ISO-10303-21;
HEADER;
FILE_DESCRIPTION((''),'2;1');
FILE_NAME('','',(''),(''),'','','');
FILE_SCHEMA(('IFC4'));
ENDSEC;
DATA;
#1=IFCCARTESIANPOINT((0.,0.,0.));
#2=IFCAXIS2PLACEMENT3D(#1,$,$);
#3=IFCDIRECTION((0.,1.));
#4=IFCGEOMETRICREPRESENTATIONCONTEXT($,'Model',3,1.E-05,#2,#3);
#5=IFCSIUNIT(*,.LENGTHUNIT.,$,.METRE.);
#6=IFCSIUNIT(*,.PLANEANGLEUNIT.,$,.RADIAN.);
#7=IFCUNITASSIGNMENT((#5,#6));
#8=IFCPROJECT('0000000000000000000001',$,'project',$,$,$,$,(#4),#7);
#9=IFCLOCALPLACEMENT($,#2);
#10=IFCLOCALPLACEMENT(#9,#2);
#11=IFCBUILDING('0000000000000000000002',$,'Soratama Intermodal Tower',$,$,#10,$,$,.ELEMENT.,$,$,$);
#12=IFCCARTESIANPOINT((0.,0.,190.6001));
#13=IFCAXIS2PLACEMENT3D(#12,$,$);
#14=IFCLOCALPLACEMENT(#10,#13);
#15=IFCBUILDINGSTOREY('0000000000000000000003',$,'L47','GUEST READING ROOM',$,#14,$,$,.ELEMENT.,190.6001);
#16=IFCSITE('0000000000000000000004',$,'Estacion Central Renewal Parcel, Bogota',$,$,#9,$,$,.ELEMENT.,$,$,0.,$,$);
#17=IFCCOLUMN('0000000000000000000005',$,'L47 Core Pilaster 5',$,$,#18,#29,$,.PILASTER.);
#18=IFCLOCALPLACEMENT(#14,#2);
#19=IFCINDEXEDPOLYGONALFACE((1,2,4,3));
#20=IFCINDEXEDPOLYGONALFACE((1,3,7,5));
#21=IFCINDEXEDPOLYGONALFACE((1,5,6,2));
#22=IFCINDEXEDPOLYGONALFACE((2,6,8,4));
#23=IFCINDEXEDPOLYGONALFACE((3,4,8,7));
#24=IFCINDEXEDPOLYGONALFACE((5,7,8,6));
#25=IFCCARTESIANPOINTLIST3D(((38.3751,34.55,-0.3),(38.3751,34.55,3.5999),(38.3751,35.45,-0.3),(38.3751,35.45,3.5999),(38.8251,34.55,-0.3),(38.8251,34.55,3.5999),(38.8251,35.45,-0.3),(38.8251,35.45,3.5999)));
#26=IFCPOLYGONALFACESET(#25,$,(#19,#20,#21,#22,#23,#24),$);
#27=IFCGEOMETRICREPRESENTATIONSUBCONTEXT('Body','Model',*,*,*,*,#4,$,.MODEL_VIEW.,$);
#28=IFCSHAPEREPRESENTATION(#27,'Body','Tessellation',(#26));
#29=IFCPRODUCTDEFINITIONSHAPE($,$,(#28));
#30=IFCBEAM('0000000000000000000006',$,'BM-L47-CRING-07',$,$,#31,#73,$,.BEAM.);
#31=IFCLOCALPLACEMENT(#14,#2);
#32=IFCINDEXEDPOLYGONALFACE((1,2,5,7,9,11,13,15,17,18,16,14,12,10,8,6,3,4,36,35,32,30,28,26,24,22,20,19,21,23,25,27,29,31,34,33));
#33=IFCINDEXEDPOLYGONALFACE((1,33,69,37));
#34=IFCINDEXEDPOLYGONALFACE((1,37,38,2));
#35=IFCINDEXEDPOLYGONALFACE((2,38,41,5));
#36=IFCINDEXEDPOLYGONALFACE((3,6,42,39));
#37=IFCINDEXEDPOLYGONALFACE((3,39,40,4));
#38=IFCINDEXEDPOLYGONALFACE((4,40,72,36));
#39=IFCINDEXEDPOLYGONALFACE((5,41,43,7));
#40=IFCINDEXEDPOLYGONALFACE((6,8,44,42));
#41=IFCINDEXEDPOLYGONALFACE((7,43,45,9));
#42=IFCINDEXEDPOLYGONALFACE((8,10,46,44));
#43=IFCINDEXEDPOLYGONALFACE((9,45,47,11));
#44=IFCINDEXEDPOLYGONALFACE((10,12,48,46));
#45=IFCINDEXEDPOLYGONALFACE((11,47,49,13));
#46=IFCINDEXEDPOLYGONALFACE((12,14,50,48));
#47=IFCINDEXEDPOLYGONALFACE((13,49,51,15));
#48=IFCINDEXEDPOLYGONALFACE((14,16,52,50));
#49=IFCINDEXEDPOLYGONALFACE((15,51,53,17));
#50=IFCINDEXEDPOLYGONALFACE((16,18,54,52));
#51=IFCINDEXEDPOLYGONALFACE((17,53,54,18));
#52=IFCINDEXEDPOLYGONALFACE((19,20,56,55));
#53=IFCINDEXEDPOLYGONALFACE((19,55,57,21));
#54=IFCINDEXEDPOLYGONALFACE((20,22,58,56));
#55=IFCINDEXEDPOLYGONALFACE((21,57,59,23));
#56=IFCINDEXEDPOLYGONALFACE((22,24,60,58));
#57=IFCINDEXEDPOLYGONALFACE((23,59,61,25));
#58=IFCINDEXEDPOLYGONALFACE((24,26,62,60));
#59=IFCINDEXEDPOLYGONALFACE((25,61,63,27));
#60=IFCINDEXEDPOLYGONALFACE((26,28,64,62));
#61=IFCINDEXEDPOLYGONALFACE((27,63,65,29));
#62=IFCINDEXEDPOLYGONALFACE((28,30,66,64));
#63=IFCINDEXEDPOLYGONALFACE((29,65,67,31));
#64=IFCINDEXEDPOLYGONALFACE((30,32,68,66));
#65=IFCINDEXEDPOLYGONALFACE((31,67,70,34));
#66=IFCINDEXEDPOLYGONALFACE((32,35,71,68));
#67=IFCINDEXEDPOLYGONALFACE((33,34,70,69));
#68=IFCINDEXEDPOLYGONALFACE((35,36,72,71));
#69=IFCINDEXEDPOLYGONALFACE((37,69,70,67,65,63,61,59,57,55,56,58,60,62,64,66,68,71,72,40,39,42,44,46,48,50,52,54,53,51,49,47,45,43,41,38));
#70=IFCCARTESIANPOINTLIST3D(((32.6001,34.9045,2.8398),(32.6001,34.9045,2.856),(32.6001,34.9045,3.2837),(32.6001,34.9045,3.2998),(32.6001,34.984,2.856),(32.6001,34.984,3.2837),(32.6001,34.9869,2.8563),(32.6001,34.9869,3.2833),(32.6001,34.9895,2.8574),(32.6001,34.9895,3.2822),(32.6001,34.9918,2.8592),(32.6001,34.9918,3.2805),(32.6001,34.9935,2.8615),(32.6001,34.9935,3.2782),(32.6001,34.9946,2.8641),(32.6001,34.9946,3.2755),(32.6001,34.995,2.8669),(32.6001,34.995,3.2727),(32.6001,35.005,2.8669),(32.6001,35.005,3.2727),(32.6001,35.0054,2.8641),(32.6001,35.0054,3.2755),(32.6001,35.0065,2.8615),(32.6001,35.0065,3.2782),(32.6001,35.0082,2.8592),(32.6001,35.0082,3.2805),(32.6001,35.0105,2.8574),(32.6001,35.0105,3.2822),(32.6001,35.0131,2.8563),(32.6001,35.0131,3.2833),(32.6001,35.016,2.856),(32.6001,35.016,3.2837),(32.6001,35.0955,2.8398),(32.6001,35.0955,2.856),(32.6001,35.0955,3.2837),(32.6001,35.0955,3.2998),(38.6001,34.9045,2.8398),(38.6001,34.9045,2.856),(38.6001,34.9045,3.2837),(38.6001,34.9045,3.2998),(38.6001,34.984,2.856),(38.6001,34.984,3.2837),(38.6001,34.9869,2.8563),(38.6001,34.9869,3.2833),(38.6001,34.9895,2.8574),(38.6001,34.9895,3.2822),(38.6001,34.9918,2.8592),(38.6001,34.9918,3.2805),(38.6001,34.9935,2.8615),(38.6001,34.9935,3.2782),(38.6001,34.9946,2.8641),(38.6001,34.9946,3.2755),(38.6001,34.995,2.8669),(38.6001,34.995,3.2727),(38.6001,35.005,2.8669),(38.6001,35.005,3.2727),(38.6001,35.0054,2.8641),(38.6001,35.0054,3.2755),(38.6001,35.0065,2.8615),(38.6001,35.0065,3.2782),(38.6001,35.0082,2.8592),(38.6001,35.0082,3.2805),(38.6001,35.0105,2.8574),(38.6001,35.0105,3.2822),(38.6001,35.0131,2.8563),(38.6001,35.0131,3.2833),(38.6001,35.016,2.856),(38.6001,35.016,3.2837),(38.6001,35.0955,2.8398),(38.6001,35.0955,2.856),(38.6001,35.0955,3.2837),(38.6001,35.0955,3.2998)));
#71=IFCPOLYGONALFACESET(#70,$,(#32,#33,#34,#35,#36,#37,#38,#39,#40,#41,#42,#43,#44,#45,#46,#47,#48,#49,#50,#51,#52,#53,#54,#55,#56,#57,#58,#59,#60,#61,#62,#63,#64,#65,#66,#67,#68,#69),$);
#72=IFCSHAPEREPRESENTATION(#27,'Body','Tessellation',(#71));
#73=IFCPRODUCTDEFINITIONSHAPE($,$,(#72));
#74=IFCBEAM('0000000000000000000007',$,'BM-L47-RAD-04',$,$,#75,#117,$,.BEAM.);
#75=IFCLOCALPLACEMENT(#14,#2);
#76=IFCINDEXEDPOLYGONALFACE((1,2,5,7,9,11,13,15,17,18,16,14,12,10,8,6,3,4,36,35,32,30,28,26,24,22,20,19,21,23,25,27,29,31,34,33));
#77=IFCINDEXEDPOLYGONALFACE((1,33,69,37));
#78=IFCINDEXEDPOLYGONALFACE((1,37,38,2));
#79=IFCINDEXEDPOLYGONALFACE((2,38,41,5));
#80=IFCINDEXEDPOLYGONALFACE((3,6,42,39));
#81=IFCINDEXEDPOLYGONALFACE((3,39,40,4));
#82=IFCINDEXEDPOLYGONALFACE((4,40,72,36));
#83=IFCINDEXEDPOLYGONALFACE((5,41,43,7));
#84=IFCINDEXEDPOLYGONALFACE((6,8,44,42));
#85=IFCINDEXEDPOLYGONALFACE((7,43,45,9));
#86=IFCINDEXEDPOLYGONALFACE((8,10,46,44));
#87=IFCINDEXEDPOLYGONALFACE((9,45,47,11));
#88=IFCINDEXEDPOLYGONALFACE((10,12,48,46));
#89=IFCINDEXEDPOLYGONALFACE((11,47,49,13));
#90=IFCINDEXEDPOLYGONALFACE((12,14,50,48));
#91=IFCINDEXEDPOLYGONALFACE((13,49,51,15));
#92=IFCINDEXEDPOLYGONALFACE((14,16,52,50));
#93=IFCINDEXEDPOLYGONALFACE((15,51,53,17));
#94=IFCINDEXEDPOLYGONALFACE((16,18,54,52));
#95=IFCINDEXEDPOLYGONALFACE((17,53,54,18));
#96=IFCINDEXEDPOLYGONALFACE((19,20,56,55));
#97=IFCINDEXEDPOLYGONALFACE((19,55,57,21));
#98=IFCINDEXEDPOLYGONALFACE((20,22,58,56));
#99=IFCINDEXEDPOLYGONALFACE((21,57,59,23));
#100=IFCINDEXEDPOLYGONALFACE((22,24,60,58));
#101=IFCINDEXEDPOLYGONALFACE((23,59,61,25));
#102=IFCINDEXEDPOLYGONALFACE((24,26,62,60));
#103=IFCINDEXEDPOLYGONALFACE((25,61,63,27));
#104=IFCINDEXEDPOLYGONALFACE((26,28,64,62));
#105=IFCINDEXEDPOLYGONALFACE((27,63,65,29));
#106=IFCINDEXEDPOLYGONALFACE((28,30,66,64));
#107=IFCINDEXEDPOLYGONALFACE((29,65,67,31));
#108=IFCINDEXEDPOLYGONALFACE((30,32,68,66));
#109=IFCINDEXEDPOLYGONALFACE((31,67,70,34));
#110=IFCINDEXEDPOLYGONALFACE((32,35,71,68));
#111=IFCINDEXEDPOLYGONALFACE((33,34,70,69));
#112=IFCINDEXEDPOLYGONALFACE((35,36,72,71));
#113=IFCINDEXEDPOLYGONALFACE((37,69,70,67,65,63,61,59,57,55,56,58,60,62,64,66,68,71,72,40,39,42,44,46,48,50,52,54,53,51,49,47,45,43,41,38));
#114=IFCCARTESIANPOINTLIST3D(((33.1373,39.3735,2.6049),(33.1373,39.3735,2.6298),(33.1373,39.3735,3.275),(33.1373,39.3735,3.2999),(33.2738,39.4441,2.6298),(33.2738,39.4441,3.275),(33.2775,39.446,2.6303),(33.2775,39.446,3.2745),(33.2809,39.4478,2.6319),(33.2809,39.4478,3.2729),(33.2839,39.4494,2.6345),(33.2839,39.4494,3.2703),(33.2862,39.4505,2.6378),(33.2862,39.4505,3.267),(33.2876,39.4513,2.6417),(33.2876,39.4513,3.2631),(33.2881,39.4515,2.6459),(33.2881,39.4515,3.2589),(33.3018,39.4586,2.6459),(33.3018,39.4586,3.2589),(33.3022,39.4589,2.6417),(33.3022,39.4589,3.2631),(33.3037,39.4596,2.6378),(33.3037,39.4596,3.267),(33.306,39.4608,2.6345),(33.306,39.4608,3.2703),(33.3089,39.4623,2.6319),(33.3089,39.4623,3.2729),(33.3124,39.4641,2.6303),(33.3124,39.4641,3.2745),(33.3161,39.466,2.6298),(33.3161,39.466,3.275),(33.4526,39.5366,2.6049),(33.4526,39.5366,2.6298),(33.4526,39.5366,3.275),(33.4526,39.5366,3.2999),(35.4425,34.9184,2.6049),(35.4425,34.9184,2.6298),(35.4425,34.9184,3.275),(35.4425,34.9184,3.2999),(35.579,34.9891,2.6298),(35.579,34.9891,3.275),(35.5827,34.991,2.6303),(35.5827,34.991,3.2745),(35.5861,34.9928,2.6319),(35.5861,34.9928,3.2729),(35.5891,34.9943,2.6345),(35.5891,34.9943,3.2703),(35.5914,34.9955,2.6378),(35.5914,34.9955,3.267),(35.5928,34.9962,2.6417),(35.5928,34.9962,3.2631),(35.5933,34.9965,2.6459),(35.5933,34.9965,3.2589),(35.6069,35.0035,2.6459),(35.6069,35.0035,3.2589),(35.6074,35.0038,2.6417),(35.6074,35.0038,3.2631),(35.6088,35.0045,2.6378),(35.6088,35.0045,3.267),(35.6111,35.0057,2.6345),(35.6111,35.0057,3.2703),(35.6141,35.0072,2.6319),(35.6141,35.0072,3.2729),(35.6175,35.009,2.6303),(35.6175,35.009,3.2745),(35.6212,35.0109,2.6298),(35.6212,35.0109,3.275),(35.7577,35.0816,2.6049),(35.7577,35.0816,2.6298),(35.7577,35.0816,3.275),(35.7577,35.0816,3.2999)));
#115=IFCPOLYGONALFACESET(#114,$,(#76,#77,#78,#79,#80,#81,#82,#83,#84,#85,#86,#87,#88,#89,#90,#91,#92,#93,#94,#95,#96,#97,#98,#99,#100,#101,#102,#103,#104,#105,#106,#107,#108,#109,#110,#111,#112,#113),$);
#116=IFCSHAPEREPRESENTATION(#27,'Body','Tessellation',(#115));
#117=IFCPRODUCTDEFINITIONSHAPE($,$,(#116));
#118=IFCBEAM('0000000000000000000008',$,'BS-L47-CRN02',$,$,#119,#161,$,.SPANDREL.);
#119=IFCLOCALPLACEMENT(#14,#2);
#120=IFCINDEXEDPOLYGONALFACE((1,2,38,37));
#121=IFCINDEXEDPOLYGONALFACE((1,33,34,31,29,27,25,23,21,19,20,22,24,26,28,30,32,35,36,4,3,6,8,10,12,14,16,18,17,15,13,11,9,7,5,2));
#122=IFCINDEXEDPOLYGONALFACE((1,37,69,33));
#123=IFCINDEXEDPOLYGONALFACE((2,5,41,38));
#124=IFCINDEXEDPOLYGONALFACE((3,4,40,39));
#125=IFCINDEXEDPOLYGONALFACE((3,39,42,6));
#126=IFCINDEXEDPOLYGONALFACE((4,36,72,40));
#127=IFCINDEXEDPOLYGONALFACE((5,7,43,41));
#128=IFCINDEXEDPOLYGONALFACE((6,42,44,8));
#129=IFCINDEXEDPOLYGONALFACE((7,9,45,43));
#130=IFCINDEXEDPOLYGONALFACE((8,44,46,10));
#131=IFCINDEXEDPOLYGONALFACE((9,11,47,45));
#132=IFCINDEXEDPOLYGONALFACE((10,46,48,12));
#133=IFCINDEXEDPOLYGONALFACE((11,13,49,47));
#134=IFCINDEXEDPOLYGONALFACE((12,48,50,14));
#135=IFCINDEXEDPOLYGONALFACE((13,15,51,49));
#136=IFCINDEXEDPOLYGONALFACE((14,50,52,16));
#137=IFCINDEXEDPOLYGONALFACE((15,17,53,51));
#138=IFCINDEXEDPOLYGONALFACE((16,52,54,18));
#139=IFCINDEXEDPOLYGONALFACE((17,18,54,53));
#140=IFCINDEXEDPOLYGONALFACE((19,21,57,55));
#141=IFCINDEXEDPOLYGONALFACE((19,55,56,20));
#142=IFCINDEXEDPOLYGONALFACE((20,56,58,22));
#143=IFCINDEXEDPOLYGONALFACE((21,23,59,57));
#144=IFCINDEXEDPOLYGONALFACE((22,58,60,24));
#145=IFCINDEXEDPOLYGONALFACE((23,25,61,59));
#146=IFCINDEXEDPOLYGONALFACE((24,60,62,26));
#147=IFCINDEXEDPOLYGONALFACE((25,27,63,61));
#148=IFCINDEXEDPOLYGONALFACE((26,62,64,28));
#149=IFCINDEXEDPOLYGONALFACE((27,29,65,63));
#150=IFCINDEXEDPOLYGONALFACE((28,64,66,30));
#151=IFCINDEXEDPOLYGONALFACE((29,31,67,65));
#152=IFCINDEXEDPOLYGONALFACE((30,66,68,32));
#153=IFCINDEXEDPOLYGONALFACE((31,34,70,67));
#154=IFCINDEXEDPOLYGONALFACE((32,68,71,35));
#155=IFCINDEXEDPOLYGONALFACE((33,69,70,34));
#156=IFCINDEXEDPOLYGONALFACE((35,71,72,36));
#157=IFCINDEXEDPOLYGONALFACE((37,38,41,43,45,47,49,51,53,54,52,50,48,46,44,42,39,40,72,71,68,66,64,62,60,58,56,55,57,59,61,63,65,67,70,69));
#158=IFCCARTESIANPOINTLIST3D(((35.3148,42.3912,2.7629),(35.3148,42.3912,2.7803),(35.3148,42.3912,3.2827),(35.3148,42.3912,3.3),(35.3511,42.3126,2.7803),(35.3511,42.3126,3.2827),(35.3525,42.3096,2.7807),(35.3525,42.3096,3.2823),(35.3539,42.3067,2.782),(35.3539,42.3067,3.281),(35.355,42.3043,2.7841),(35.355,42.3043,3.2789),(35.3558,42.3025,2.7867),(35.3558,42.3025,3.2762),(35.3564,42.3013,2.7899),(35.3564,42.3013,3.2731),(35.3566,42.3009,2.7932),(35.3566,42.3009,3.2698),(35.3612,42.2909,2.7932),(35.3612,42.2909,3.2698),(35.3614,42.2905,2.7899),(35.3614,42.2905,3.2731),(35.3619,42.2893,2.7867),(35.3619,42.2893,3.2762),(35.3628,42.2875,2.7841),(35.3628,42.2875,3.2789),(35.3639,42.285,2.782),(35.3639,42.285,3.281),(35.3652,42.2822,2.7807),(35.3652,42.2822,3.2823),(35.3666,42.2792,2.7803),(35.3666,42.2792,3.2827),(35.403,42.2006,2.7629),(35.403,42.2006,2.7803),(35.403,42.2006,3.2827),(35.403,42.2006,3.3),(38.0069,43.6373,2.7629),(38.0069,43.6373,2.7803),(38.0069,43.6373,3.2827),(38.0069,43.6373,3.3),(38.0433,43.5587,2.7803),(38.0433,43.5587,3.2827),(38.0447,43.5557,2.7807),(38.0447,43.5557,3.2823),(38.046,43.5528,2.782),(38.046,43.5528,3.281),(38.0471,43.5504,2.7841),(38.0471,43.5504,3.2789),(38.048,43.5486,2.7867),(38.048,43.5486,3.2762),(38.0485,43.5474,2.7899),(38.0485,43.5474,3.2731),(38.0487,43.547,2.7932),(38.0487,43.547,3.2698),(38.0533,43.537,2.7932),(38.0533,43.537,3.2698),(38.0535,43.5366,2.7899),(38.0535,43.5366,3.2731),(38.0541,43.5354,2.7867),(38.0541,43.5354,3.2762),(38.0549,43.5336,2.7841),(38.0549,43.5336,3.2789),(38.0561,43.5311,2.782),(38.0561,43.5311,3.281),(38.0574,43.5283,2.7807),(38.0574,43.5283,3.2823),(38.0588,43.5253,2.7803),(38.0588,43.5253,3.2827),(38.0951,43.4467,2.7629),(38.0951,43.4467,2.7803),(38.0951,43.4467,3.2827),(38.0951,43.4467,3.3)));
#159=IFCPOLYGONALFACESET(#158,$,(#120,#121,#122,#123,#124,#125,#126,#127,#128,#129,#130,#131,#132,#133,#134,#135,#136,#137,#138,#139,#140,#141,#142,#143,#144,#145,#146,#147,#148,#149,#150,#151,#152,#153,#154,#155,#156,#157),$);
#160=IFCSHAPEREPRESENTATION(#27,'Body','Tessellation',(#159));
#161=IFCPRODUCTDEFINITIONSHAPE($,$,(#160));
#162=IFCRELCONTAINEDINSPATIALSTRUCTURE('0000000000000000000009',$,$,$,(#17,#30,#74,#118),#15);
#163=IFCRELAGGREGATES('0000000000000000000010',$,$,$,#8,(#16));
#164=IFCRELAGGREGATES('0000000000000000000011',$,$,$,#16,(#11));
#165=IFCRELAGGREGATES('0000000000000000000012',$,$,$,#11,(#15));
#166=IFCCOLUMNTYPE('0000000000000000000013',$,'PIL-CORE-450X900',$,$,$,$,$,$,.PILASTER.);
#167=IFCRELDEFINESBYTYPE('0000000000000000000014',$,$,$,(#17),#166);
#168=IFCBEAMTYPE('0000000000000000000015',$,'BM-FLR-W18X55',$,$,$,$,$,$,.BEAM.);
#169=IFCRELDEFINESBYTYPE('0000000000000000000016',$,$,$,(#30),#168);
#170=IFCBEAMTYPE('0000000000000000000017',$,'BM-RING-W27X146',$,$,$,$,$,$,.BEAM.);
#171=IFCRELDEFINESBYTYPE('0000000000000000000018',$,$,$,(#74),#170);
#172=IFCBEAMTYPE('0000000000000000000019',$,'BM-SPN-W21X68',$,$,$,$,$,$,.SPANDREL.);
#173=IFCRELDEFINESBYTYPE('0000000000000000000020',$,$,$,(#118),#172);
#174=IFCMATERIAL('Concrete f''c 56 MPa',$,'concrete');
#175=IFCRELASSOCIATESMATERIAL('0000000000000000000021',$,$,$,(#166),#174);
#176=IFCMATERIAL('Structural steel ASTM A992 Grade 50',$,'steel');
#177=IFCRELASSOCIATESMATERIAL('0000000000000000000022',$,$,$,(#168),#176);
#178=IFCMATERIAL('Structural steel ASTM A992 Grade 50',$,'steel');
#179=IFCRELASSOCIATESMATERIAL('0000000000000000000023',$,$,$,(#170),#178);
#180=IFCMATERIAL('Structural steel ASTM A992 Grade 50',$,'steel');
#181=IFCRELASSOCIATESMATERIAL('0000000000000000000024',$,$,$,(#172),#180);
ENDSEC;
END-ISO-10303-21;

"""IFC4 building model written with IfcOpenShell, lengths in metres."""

from ifc_helpers import new_model, si_unit, direction, frame, origin, origin_2d, place, context, subcontext, project, spatial, rectangle, i_section, extrude, material, material_profile, profile_set, type_object, element, save


model = new_model("IFC4")

# Units and contexts
model_context = context("Model", 3, precision=1e-05, world=origin(), true_north=direction((0.0, 1.0)))
body_context = subcontext(model_context, "Body", "Model", "MODEL_VIEW")
ifc_project = project(units=[si_unit("LENGTHUNIT", "METRE"), si_unit("PLANEANGLEUNIT", "RADIAN")], contexts=[model_context])

# Site, building, storey
site_placement = place(None, origin())
site = spatial("IfcSite", under=ifc_project, at=site_placement, Name="Estacion Central Renewal Parcel, Bogota", CompositionType="ELEMENT", RefElevation=0.0)
building_placement = place(site_placement, origin())
building = spatial("IfcBuilding", under=site, at=building_placement, Name="Soratama Intermodal Tower", CompositionType="ELEMENT")
storey_placement = place(building_placement, frame((0.0, 0.0, 190.6001)))
storey = spatial("IfcBuildingStorey", under=building, at=storey_placement, Name="L47", Description="GUEST READING ROOM", CompositionType="ELEMENT", Elevation=190.6001)

# Column
ifc_material_1 = material(Name="Concrete f'c 56 MPa", Category="concrete")
ifc_material_profile_1 = material_profile(ifc_material_1, rectangle(XDim=0.45, YDim=0.8999, at=origin_2d()), Name="RC450X900")
ifc_profile_set_1 = profile_set([ifc_material_profile_1], Name="Concrete f'c 56 MPa")
column_type = type_object("IfcColumnType", Name="PIL-CORE-450X900", PredefinedType="PILASTER", material=ifc_profile_set_1)
column_placement = place(storey_placement, frame((38.6001, 35.0, -0.3), z_axis=(0.0, 0.0, 1.0), x_axis=(1.0, 0.0, 0.0)))
element("IfcColumn", 1, at=column_placement, inside=storey, type_object=column_type, Name="L47 Core Pilaster 5", PredefinedType="PILASTER", context=body_context, shape_type="SweptSolid", body=[
    extrude(rectangle(XDim=0.45, YDim=0.8999, at=origin_2d()), origin(), (0.0, 0.0, 1.0), 3.8999),
])

# Beams
ifc_material_2 = material(Name="Structural steel ASTM A992 Grade 50", Category="steel")
ifc_material_profile_2 = material_profile(ifc_material_2, i_section(OverallWidth=0.1909, OverallDepth=0.46, WebThickness=0.01, FlangeThickness=0.0161, FilletRadius=0.011, at=origin_2d()), Name="W18X55")
ifc_profile_set_2 = profile_set([ifc_material_profile_2], Name="Structural steel ASTM A992 Grade 50")
beam_type_1 = type_object("IfcBeamType", Name="BM-FLR-W18X55", PredefinedType="BEAM", material=ifc_profile_set_2)
beam_1_placement = place(storey_placement, frame((38.6001, 35.0, 3.0698), z_axis=(-1.0, 0.0, 0.0), x_axis=(0.0, -1.0, 0.0)))
element("IfcBeam", 2, at=beam_1_placement, inside=storey, type_object=beam_type_1, Name="BM-L47-CRING-07", PredefinedType="BEAM", context=body_context, shape_type="SweptSolid", body=[
    extrude(i_section(OverallWidth=0.1909, OverallDepth=0.46, WebThickness=0.01, FlangeThickness=0.0161, FilletRadius=0.011, at=origin_2d()), origin(), (0.0, 0.0, 1.0), 6.0),
])
ifc_material_3 = material(Name="Structural steel ASTM A992 Grade 50", Category="steel")
ifc_material_profile_3 = material_profile(ifc_material_3, i_section(OverallWidth=0.355, OverallDepth=0.6951, WebThickness=0.0154, FlangeThickness=0.0249, FilletRadius=0.0161, at=origin_2d()), Name="W27X146")
ifc_profile_set_3 = profile_set([ifc_material_profile_3], Name="Structural steel ASTM A992 Grade 50")
beam_type_2 = type_object("IfcBeamType", Name="BM-RING-W27X146", PredefinedType="BEAM", material=ifc_profile_set_3)
beam_2_placement = place(storey_placement, frame((35.6001, 35.0, 2.9524), z_axis=(-0.459553, 0.888151, 0.0), x_axis=(-0.888151, -0.459553, 0.0)))
element("IfcBeam", 3, at=beam_2_placement, inside=storey, type_object=beam_type_2, Name="BM-L47-RAD-04", PredefinedType="BEAM", context=body_context, shape_type="SweptSolid", body=[
    extrude(i_section(OverallWidth=0.355, OverallDepth=0.6951, WebThickness=0.0154, FlangeThickness=0.0249, FilletRadius=0.0161, at=origin_2d()), origin(), (0.0, 0.0, 1.0), 5.0161),
])
ifc_material_4 = material(Name="Structural steel ASTM A992 Grade 50", Category="steel")
ifc_material_profile_4 = material_profile(ifc_material_4, i_section(OverallWidth=0.21, OverallDepth=0.5371, WebThickness=0.011, FlangeThickness=0.0173, FilletRadius=0.0129, at=origin_2d()), Name="W21X68")
ifc_profile_set_4 = profile_set([ifc_material_profile_4], Name="Structural steel ASTM A992 Grade 50")
beam_type_3 = type_object("IfcBeamType", Name="BM-SPN-W21X68", PredefinedType="SPANDREL", material=ifc_profile_set_4)
beam_3_placement = place(storey_placement, frame((38.051, 43.542, 3.0315), z_axis=(-0.907501, -0.42005, 0.0), x_axis=(0.42005, -0.907501, 0.0)))
element("IfcBeam", 4, at=beam_3_placement, inside=storey, type_object=beam_type_3, Name="BS-L47-CRN02", PredefinedType="SPANDREL", context=body_context, shape_type="SweptSolid", body=[
    extrude(i_section(OverallWidth=0.21, OverallDepth=0.5371, WebThickness=0.011, FlangeThickness=0.0173, FilletRadius=0.0129, at=origin_2d()), origin(), (0.0, 0.0, 1.0), 2.9666),
])

save(model, "model.ifc")
